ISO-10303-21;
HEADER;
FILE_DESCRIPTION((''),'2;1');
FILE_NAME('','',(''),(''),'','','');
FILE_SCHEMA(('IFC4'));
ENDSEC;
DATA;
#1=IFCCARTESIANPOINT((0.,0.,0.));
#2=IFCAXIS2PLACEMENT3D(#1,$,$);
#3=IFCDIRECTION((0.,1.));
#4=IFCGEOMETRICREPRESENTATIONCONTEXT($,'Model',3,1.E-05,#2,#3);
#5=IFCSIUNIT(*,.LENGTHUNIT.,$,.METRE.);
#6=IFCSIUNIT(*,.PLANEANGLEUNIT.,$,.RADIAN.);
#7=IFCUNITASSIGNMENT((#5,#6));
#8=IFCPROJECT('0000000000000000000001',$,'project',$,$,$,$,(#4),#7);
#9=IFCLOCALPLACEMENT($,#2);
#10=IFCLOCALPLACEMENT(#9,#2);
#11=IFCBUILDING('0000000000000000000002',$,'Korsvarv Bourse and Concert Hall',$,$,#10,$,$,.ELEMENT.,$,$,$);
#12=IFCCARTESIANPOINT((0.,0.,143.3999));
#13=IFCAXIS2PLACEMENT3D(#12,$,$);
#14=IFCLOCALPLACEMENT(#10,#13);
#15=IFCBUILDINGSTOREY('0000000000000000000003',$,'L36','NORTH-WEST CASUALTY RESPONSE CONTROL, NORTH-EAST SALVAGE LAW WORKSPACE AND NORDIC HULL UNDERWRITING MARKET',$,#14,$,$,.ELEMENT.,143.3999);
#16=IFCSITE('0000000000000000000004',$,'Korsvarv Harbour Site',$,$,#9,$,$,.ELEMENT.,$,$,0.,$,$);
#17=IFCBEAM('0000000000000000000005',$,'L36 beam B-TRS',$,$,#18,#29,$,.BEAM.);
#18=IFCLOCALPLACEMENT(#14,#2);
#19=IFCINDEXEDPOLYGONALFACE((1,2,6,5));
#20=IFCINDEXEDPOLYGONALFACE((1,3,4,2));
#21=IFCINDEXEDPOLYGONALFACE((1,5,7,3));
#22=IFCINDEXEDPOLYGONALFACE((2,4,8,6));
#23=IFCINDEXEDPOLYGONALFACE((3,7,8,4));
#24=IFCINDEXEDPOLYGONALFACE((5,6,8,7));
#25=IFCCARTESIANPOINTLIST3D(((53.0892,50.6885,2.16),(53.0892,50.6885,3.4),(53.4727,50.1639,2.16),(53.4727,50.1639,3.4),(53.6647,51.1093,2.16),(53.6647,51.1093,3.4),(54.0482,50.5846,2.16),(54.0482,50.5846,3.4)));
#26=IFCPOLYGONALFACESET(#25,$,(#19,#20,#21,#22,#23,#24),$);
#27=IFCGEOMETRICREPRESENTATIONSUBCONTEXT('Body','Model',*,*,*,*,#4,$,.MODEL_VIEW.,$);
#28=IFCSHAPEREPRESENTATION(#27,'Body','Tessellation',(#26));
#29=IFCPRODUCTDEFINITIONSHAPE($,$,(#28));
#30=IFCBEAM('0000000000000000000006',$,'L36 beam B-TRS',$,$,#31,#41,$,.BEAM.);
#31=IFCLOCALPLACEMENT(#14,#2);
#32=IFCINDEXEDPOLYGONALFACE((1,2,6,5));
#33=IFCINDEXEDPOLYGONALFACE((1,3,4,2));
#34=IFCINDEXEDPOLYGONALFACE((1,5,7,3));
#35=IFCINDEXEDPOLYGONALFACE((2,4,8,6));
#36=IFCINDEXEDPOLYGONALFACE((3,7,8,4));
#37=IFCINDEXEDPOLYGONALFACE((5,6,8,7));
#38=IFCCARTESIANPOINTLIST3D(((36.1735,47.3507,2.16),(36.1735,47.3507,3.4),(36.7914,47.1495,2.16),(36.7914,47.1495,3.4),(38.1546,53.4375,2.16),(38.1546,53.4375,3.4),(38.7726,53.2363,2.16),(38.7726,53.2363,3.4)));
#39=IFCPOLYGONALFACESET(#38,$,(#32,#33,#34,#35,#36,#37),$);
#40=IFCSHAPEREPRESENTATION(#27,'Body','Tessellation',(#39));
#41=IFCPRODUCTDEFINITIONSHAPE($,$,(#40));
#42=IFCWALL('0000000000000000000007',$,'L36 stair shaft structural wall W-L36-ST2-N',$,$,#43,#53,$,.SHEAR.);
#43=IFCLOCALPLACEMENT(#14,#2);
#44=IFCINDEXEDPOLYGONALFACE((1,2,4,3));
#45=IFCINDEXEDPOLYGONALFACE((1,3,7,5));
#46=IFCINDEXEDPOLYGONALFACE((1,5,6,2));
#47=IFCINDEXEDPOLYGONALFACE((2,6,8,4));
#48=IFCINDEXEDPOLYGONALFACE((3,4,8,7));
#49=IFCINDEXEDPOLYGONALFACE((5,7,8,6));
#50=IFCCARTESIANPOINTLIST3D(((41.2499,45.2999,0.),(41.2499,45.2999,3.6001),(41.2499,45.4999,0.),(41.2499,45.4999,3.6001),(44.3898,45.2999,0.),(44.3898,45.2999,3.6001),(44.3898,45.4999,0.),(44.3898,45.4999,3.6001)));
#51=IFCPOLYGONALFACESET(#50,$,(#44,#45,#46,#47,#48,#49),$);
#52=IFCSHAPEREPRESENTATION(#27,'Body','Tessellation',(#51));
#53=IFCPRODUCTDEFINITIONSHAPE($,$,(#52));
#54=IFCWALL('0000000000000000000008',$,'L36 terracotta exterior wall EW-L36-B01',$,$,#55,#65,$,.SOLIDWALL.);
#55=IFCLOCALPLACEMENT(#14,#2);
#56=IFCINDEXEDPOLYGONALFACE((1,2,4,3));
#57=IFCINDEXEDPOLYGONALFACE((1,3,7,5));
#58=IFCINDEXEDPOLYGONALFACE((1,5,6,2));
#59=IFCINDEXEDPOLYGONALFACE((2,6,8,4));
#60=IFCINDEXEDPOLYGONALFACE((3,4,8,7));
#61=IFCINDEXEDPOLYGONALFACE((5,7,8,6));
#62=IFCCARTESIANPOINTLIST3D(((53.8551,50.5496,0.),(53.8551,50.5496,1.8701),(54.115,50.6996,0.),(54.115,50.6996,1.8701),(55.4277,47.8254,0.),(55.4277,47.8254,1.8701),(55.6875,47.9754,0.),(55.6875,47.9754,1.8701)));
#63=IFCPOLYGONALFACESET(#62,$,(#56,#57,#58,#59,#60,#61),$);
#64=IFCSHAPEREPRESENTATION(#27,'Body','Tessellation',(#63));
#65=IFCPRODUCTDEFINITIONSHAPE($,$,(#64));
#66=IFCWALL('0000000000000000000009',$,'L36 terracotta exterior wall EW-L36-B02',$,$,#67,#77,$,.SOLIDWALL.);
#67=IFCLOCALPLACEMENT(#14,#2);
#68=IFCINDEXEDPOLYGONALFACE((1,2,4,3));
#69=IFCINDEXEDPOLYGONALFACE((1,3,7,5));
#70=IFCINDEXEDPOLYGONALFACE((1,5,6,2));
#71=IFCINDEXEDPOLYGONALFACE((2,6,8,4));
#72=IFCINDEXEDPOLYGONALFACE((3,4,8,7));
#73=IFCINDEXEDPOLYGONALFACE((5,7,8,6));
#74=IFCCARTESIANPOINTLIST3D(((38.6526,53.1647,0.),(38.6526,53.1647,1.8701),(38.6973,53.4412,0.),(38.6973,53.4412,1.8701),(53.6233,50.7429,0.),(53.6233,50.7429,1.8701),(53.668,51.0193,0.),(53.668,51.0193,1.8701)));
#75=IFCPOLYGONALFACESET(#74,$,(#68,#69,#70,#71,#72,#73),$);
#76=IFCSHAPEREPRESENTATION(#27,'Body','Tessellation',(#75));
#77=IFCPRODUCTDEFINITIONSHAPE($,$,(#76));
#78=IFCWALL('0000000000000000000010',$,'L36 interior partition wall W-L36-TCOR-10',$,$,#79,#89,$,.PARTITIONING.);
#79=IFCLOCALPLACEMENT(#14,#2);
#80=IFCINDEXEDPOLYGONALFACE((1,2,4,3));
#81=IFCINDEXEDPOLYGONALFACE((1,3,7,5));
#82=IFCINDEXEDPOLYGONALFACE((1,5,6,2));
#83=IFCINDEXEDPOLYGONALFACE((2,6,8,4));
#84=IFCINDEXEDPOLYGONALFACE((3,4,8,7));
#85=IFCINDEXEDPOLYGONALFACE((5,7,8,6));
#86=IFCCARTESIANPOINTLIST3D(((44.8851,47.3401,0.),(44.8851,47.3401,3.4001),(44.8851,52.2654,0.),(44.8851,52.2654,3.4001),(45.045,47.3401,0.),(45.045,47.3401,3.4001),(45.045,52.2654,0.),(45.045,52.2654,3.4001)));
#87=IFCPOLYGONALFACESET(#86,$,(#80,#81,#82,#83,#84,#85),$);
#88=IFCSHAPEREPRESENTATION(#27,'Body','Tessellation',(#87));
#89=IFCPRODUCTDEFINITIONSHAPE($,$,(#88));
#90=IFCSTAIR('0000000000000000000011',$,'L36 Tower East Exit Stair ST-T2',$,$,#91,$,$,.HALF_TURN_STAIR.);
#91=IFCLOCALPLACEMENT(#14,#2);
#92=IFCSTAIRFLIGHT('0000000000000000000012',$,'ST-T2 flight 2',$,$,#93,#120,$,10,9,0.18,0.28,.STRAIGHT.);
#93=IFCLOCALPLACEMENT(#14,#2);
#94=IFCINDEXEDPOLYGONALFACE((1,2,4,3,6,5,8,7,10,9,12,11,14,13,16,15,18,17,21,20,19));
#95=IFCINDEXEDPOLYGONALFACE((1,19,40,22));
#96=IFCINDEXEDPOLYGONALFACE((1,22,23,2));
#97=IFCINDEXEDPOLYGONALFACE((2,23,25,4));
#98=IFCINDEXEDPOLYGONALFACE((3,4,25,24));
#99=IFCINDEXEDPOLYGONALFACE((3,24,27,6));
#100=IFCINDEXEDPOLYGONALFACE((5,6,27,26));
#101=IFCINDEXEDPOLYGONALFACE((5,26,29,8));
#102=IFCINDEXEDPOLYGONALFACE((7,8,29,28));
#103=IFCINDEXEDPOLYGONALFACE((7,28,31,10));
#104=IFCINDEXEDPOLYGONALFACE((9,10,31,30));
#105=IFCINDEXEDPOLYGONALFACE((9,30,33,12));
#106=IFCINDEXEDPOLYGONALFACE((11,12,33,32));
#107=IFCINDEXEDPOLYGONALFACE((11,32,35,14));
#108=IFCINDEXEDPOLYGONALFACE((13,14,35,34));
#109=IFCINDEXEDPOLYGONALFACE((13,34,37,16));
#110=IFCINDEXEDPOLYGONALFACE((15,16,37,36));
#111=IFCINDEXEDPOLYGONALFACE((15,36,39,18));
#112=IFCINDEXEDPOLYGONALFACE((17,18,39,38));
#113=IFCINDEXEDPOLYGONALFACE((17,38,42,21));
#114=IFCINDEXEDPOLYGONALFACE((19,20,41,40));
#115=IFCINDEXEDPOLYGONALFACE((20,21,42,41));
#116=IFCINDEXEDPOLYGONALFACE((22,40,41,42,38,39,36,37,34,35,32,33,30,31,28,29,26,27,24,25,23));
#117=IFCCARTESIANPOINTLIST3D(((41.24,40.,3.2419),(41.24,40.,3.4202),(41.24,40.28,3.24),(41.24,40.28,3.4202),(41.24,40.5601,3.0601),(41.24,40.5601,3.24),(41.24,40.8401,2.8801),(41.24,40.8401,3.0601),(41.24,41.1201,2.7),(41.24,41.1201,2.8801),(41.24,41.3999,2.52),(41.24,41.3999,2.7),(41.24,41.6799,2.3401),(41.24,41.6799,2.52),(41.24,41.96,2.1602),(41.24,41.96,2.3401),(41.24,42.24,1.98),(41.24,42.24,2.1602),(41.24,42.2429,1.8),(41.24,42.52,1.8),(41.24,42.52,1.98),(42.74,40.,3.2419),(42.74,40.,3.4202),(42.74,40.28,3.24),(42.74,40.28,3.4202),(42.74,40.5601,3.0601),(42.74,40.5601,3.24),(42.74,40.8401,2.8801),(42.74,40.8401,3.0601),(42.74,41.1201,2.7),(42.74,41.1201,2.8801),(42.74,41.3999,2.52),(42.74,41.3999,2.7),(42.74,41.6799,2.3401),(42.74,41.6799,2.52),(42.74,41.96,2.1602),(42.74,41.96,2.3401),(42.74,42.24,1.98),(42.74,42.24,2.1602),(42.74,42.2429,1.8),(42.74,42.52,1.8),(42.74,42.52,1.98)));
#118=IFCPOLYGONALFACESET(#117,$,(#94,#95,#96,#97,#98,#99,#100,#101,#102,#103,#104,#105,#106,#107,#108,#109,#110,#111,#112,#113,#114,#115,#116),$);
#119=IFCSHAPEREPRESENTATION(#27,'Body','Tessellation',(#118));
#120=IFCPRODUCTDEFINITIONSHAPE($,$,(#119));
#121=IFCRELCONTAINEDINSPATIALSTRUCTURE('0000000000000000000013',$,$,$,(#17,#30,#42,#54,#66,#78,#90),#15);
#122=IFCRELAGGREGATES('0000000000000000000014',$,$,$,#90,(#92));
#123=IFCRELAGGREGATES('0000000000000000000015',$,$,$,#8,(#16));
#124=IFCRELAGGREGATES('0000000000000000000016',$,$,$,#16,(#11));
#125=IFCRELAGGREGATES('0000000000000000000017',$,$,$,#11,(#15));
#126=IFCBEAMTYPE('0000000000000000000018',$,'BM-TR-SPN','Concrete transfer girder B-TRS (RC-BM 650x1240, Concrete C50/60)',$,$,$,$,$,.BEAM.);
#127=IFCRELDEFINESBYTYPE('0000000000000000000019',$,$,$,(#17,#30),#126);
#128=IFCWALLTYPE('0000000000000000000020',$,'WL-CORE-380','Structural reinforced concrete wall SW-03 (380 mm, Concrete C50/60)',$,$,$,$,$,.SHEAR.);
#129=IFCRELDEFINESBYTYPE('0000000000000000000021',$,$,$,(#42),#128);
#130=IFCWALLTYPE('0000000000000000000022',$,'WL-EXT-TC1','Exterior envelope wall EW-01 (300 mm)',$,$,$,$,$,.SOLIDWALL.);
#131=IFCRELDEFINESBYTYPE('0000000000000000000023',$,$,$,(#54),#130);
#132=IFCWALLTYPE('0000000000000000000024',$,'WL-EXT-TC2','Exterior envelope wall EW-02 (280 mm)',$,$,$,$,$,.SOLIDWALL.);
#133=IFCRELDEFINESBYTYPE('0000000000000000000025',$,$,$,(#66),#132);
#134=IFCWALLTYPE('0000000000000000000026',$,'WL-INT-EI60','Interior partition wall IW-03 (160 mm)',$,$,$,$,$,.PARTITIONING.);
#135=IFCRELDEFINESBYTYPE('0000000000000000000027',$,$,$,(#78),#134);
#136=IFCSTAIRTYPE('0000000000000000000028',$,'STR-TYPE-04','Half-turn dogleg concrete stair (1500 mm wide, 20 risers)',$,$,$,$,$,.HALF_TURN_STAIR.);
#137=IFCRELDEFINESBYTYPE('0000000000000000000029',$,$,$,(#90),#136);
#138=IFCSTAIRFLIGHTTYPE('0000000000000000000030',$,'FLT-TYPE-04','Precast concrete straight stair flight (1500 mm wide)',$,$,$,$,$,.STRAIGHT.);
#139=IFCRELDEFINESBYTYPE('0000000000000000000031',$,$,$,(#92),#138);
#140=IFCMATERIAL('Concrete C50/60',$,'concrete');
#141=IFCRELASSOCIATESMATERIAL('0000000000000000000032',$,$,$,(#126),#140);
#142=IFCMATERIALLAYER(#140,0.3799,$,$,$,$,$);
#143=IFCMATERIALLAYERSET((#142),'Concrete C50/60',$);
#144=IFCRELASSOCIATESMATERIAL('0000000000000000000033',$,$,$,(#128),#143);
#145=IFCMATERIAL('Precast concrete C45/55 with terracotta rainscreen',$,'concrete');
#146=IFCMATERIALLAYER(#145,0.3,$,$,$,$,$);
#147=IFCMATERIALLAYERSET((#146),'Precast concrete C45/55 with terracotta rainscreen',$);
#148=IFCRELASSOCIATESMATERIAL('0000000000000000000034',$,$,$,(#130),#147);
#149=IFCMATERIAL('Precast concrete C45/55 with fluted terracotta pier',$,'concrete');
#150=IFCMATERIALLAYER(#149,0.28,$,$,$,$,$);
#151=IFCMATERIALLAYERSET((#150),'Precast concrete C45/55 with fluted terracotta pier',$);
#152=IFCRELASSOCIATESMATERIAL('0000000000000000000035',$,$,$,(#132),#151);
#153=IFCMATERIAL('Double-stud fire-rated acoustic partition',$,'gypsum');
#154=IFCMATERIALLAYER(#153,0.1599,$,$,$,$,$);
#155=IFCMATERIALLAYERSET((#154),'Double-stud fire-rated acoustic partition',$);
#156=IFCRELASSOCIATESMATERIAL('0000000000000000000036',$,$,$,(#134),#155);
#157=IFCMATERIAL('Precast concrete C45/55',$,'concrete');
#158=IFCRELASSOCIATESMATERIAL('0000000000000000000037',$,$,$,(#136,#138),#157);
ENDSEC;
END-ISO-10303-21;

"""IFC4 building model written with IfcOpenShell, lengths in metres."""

from ifc_helpers import new_model, si_unit, direction, frame, frame_2d, origin, origin_2d, place, context, subcontext, project, spatial, polyline, rectangle, outline, extrude, source, transform, mapped, material, layer, layer_set, material_profile, profile_set, type_object, element, aggregate, save


model = new_model("IFC4")

# Units and contexts
model_context = context("Model", 3, precision=1e-05, world=origin(), true_north=direction((0.0, 1.0)))
body_context = subcontext(model_context, "Body", "Model", "MODEL_VIEW")
ifc_project = project(units=[si_unit("LENGTHUNIT", "METRE"), si_unit("PLANEANGLEUNIT", "RADIAN")], contexts=[model_context])

# Site, building, storey
site_placement = place(None, origin())
site = spatial("IfcSite", under=ifc_project, at=site_placement, Name="Korsvarv Harbour Site", CompositionType="ELEMENT", RefElevation=0.0)
building_placement = place(site_placement, origin())
building = spatial("IfcBuilding", under=site, at=building_placement, Name="Korsvarv Bourse and Concert Hall", CompositionType="ELEMENT")
storey_placement = place(building_placement, frame((0.0, 0.0, 143.3999)))
storey = spatial("IfcBuildingStorey", under=building, at=storey_placement, Name="L36", Description="NORTH-WEST CASUALTY RESPONSE CONTROL, NORTH-EAST SALVAGE LAW WORKSPACE AND NORDIC HULL UNDERWRITING MARKET", CompositionType="ELEMENT", Elevation=143.3999)

# Beams
ifc_material_1 = material(Name="Concrete C50/60", Category="concrete")
ifc_material_profile_1 = material_profile(ifc_material_1, rectangle(XDim=0.6499, YDim=1.24, at=origin_2d()), Name="RC-BM 650x1240")
ifc_profile_set_1 = profile_set([ifc_material_profile_1], Name="Concrete C50/60")
beam_type_1 = type_object("IfcBeamType", Name="BM-TR-SPN", Description="Concrete transfer girder B-TRS (RC-BM 650x1240, Concrete C50/60)", PredefinedType="BEAM", material=ifc_profile_set_1)
shared_shape_1 = source(origin(), body_context, "Body", "SweptSolid", [
    extrude(rectangle(XDim=0.6499, YDim=1.24, at=origin_2d()), origin(), (0.0, 0.0, 1.0), 0.7129),
])
beam_1_placement = place(storey_placement, frame((53.8564, 50.8469, 2.78), z_axis=(-0.807297, -0.590145, 0.0), x_axis=(0.590145, -0.807297, 0.0)))
element("IfcBeam", 1, at=beam_1_placement, inside=storey, type_object=beam_type_1, Name="L36 beam B-TRS", PredefinedType="BEAM", context=body_context, shape_type="MappedRepresentation", body=[
    mapped(shared_shape_1, transform((0.0, 0.0, 0.0), scale=1.0)),
])
shared_shape_2 = source(origin(), body_context, "Body", "SweptSolid", [
    extrude(rectangle(XDim=0.6499, YDim=1.24, at=origin_2d()), origin(), (0.0, 0.0, 1.0), 6.4011),
])
beam_2_placement = place(storey_placement, frame((38.4636, 53.3369, 2.78), z_axis=(-0.309503, -0.950898, 0.0), x_axis=(0.950898, -0.309503, 0.0)))
element("IfcBeam", 2, at=beam_2_placement, inside=storey, type_object=beam_type_1, Name="L36 beam B-TRS", PredefinedType="BEAM", context=body_context, shape_type="MappedRepresentation", body=[
    mapped(shared_shape_2, transform((0.0, 0.0, 0.0), scale=1.0)),
])

# Walls
ifc_layer_1 = layer(ifc_material_1, 0.3799)
ifc_layer_set_1 = layer_set([ifc_layer_1], Name="Concrete C50/60")
wall_type_1 = type_object("IfcWallType", Name="WL-CORE-380", Description="Structural reinforced concrete wall SW-03 (380 mm, Concrete C50/60)", PredefinedType="SHEAR", material=ifc_layer_set_1)
wall_1_placement = place(storey_placement, frame((41.25, 45.3999, 0.0), z_axis=(0.0, 0.0, 1.0), x_axis=(1.0, 0.0, 0.0)))
element("IfcWall", 3, at=wall_1_placement, inside=storey, type_object=wall_type_1, Name="L36 stair shaft structural wall W-L36-ST2-N", PredefinedType="SHEAR", context=body_context, shape_type="SweptSolid", body=[
    extrude(rectangle(XDim=3.1399, YDim=0.2, at=frame_2d((1.5698, 0.0))), origin(), (0.0, 0.0, 1.0), 3.6001),
])
ifc_material_2 = material(Name="Precast concrete C45/55 with terracotta rainscreen", Category="concrete")
ifc_layer_2 = layer(ifc_material_2, 0.3)
ifc_layer_set_2 = layer_set([ifc_layer_2], Name="Precast concrete C45/55 with terracotta rainscreen")
wall_type_2 = type_object("IfcWallType", Name="WL-EXT-TC1", Description="Exterior envelope wall EW-01 (300 mm)", PredefinedType="SOLIDWALL", material=ifc_layer_set_2)
wall_2_placement = place(storey_placement, frame((55.5576, 47.9004, 0.0), z_axis=(0.0, 0.0, 1.0), x_axis=(-0.499937, 0.866062, 0.0)))
element("IfcWall", 4, at=wall_2_placement, inside=storey, type_object=wall_type_2, Name="L36 terracotta exterior wall EW-L36-B01", PredefinedType="SOLIDWALL", context=body_context, shape_type="SweptSolid", body=[
    extrude(rectangle(XDim=3.1455, YDim=0.3, at=frame_2d((1.5728, 0.0))), origin(), (0.0, 0.0, 1.0), 1.8701),
])
ifc_material_3 = material(Name="Precast concrete C45/55 with fluted terracotta pier", Category="concrete")
ifc_layer_3 = layer(ifc_material_3, 0.28)
ifc_layer_set_3 = layer_set([ifc_layer_3], Name="Precast concrete C45/55 with fluted terracotta pier")
wall_type_3 = type_object("IfcWallType", Name="WL-EXT-TC2", Description="Exterior envelope wall EW-02 (280 mm)", PredefinedType="SOLIDWALL", material=ifc_layer_set_3)
wall_3_placement = place(storey_placement, frame((53.6455, 50.8811, 0.0), z_axis=(0.0, 0.0, 1.0), x_axis=(-0.987166, 0.159698, 0.0)))
element("IfcWall", 5, at=wall_3_placement, inside=storey, type_object=wall_type_3, Name="L36 terracotta exterior wall EW-L36-B02", PredefinedType="SOLIDWALL", context=body_context, shape_type="SweptSolid", body=[
    extrude(rectangle(XDim=15.1653, YDim=0.28, at=frame_2d((7.5825, 0.0))), origin(), (0.0, 0.0, 1.0), 1.8701),
])
ifc_material_4 = material(Name="Double-stud fire-rated acoustic partition", Category="gypsum")
ifc_layer_4 = layer(ifc_material_4, 0.1599)
ifc_layer_set_4 = layer_set([ifc_layer_4], Name="Double-stud fire-rated acoustic partition")
wall_type_4 = type_object("IfcWallType", Name="WL-INT-EI60", Description="Interior partition wall IW-03 (160 mm)", PredefinedType="PARTITIONING", material=ifc_layer_set_4)
wall_4_placement = place(storey_placement, frame((44.9651, 47.3401, 0.0), z_axis=(0.0, 0.0, 1.0), x_axis=(0.0, 1.0, 0.0)))
element("IfcWall", 6, at=wall_4_placement, inside=storey, type_object=wall_type_4, Name="L36 interior partition wall W-L36-TCOR-10", PredefinedType="PARTITIONING", context=body_context, shape_type="SweptSolid", body=[
    extrude(rectangle(XDim=4.9253, YDim=0.1599, at=frame_2d((2.4626, 0.0))), origin(), (0.0, 0.0, 1.0), 3.4001),
])

# Stair, stair flight
ifc_material_5 = material(Name="Precast concrete C45/55", Category="concrete")
stair_type = type_object("IfcStairType", Name="STR-TYPE-04", Description="Half-turn dogleg concrete stair (1500 mm wide, 20 risers)", PredefinedType="HALF_TURN_STAIR", material=ifc_material_5)
stair_placement = place(storey_placement, origin())
stair = element("IfcStair", 7, at=stair_placement, inside=storey, type_object=stair_type, Name="L36 Tower East Exit Stair ST-T2", PredefinedType="HALF_TURN_STAIR")
stair_flight_type = type_object("IfcStairFlightType", Name="FLT-TYPE-04", Description="Precast concrete straight stair flight (1500 mm wide)", PredefinedType="STRAIGHT", material=ifc_material_5)
stair_flight_placement = place(storey_placement, frame((41.99, 42.52, 1.8), z_axis=(0.0, 0.0, 1.0), x_axis=(0.0, -1.0, 0.0)))
stair_flight = element("IfcStairFlight", 8, at=stair_flight_placement, type_object=stair_flight_type, Name="ST-T2 flight 2", NumberOfRisers=10, NumberOfTreads=9, PredefinedType="STRAIGHT", RiserHeight=0.18, TreadLength=0.28, context=body_context, shape_type="SweptSolid", body=[
    extrude(outline(polyline([(0.0, 0.0), (0.0, 0.1799), (0.28, 0.1799), (0.28, 0.3601), (0.5601, 0.3601), (0.5601, 0.54), (0.8401, 0.54), (0.8401, 0.72), (1.1201, 0.72), (1.1201, 0.8999), (1.3999, 0.8999), (1.3999, 1.0801), (1.6799, 1.0801), (1.6799, 1.26), (1.96, 1.26), (1.96, 1.4399), (2.24, 1.4399), (2.24, 1.6201), (2.52, 1.6201), (2.52, 1.8), (2.52, 1.4419), (0.2771, 0.0), (0.0, 0.0)])), frame((0.0, 0.75, 0.0), z_axis=(0.0, -1.0, 0.0), x_axis=(1.0, 0.0, 0.0)), (0.0, 0.0, 1.0), 1.5),
])
aggregate(stair, [stair_flight])

save(model, "model.ifc")
